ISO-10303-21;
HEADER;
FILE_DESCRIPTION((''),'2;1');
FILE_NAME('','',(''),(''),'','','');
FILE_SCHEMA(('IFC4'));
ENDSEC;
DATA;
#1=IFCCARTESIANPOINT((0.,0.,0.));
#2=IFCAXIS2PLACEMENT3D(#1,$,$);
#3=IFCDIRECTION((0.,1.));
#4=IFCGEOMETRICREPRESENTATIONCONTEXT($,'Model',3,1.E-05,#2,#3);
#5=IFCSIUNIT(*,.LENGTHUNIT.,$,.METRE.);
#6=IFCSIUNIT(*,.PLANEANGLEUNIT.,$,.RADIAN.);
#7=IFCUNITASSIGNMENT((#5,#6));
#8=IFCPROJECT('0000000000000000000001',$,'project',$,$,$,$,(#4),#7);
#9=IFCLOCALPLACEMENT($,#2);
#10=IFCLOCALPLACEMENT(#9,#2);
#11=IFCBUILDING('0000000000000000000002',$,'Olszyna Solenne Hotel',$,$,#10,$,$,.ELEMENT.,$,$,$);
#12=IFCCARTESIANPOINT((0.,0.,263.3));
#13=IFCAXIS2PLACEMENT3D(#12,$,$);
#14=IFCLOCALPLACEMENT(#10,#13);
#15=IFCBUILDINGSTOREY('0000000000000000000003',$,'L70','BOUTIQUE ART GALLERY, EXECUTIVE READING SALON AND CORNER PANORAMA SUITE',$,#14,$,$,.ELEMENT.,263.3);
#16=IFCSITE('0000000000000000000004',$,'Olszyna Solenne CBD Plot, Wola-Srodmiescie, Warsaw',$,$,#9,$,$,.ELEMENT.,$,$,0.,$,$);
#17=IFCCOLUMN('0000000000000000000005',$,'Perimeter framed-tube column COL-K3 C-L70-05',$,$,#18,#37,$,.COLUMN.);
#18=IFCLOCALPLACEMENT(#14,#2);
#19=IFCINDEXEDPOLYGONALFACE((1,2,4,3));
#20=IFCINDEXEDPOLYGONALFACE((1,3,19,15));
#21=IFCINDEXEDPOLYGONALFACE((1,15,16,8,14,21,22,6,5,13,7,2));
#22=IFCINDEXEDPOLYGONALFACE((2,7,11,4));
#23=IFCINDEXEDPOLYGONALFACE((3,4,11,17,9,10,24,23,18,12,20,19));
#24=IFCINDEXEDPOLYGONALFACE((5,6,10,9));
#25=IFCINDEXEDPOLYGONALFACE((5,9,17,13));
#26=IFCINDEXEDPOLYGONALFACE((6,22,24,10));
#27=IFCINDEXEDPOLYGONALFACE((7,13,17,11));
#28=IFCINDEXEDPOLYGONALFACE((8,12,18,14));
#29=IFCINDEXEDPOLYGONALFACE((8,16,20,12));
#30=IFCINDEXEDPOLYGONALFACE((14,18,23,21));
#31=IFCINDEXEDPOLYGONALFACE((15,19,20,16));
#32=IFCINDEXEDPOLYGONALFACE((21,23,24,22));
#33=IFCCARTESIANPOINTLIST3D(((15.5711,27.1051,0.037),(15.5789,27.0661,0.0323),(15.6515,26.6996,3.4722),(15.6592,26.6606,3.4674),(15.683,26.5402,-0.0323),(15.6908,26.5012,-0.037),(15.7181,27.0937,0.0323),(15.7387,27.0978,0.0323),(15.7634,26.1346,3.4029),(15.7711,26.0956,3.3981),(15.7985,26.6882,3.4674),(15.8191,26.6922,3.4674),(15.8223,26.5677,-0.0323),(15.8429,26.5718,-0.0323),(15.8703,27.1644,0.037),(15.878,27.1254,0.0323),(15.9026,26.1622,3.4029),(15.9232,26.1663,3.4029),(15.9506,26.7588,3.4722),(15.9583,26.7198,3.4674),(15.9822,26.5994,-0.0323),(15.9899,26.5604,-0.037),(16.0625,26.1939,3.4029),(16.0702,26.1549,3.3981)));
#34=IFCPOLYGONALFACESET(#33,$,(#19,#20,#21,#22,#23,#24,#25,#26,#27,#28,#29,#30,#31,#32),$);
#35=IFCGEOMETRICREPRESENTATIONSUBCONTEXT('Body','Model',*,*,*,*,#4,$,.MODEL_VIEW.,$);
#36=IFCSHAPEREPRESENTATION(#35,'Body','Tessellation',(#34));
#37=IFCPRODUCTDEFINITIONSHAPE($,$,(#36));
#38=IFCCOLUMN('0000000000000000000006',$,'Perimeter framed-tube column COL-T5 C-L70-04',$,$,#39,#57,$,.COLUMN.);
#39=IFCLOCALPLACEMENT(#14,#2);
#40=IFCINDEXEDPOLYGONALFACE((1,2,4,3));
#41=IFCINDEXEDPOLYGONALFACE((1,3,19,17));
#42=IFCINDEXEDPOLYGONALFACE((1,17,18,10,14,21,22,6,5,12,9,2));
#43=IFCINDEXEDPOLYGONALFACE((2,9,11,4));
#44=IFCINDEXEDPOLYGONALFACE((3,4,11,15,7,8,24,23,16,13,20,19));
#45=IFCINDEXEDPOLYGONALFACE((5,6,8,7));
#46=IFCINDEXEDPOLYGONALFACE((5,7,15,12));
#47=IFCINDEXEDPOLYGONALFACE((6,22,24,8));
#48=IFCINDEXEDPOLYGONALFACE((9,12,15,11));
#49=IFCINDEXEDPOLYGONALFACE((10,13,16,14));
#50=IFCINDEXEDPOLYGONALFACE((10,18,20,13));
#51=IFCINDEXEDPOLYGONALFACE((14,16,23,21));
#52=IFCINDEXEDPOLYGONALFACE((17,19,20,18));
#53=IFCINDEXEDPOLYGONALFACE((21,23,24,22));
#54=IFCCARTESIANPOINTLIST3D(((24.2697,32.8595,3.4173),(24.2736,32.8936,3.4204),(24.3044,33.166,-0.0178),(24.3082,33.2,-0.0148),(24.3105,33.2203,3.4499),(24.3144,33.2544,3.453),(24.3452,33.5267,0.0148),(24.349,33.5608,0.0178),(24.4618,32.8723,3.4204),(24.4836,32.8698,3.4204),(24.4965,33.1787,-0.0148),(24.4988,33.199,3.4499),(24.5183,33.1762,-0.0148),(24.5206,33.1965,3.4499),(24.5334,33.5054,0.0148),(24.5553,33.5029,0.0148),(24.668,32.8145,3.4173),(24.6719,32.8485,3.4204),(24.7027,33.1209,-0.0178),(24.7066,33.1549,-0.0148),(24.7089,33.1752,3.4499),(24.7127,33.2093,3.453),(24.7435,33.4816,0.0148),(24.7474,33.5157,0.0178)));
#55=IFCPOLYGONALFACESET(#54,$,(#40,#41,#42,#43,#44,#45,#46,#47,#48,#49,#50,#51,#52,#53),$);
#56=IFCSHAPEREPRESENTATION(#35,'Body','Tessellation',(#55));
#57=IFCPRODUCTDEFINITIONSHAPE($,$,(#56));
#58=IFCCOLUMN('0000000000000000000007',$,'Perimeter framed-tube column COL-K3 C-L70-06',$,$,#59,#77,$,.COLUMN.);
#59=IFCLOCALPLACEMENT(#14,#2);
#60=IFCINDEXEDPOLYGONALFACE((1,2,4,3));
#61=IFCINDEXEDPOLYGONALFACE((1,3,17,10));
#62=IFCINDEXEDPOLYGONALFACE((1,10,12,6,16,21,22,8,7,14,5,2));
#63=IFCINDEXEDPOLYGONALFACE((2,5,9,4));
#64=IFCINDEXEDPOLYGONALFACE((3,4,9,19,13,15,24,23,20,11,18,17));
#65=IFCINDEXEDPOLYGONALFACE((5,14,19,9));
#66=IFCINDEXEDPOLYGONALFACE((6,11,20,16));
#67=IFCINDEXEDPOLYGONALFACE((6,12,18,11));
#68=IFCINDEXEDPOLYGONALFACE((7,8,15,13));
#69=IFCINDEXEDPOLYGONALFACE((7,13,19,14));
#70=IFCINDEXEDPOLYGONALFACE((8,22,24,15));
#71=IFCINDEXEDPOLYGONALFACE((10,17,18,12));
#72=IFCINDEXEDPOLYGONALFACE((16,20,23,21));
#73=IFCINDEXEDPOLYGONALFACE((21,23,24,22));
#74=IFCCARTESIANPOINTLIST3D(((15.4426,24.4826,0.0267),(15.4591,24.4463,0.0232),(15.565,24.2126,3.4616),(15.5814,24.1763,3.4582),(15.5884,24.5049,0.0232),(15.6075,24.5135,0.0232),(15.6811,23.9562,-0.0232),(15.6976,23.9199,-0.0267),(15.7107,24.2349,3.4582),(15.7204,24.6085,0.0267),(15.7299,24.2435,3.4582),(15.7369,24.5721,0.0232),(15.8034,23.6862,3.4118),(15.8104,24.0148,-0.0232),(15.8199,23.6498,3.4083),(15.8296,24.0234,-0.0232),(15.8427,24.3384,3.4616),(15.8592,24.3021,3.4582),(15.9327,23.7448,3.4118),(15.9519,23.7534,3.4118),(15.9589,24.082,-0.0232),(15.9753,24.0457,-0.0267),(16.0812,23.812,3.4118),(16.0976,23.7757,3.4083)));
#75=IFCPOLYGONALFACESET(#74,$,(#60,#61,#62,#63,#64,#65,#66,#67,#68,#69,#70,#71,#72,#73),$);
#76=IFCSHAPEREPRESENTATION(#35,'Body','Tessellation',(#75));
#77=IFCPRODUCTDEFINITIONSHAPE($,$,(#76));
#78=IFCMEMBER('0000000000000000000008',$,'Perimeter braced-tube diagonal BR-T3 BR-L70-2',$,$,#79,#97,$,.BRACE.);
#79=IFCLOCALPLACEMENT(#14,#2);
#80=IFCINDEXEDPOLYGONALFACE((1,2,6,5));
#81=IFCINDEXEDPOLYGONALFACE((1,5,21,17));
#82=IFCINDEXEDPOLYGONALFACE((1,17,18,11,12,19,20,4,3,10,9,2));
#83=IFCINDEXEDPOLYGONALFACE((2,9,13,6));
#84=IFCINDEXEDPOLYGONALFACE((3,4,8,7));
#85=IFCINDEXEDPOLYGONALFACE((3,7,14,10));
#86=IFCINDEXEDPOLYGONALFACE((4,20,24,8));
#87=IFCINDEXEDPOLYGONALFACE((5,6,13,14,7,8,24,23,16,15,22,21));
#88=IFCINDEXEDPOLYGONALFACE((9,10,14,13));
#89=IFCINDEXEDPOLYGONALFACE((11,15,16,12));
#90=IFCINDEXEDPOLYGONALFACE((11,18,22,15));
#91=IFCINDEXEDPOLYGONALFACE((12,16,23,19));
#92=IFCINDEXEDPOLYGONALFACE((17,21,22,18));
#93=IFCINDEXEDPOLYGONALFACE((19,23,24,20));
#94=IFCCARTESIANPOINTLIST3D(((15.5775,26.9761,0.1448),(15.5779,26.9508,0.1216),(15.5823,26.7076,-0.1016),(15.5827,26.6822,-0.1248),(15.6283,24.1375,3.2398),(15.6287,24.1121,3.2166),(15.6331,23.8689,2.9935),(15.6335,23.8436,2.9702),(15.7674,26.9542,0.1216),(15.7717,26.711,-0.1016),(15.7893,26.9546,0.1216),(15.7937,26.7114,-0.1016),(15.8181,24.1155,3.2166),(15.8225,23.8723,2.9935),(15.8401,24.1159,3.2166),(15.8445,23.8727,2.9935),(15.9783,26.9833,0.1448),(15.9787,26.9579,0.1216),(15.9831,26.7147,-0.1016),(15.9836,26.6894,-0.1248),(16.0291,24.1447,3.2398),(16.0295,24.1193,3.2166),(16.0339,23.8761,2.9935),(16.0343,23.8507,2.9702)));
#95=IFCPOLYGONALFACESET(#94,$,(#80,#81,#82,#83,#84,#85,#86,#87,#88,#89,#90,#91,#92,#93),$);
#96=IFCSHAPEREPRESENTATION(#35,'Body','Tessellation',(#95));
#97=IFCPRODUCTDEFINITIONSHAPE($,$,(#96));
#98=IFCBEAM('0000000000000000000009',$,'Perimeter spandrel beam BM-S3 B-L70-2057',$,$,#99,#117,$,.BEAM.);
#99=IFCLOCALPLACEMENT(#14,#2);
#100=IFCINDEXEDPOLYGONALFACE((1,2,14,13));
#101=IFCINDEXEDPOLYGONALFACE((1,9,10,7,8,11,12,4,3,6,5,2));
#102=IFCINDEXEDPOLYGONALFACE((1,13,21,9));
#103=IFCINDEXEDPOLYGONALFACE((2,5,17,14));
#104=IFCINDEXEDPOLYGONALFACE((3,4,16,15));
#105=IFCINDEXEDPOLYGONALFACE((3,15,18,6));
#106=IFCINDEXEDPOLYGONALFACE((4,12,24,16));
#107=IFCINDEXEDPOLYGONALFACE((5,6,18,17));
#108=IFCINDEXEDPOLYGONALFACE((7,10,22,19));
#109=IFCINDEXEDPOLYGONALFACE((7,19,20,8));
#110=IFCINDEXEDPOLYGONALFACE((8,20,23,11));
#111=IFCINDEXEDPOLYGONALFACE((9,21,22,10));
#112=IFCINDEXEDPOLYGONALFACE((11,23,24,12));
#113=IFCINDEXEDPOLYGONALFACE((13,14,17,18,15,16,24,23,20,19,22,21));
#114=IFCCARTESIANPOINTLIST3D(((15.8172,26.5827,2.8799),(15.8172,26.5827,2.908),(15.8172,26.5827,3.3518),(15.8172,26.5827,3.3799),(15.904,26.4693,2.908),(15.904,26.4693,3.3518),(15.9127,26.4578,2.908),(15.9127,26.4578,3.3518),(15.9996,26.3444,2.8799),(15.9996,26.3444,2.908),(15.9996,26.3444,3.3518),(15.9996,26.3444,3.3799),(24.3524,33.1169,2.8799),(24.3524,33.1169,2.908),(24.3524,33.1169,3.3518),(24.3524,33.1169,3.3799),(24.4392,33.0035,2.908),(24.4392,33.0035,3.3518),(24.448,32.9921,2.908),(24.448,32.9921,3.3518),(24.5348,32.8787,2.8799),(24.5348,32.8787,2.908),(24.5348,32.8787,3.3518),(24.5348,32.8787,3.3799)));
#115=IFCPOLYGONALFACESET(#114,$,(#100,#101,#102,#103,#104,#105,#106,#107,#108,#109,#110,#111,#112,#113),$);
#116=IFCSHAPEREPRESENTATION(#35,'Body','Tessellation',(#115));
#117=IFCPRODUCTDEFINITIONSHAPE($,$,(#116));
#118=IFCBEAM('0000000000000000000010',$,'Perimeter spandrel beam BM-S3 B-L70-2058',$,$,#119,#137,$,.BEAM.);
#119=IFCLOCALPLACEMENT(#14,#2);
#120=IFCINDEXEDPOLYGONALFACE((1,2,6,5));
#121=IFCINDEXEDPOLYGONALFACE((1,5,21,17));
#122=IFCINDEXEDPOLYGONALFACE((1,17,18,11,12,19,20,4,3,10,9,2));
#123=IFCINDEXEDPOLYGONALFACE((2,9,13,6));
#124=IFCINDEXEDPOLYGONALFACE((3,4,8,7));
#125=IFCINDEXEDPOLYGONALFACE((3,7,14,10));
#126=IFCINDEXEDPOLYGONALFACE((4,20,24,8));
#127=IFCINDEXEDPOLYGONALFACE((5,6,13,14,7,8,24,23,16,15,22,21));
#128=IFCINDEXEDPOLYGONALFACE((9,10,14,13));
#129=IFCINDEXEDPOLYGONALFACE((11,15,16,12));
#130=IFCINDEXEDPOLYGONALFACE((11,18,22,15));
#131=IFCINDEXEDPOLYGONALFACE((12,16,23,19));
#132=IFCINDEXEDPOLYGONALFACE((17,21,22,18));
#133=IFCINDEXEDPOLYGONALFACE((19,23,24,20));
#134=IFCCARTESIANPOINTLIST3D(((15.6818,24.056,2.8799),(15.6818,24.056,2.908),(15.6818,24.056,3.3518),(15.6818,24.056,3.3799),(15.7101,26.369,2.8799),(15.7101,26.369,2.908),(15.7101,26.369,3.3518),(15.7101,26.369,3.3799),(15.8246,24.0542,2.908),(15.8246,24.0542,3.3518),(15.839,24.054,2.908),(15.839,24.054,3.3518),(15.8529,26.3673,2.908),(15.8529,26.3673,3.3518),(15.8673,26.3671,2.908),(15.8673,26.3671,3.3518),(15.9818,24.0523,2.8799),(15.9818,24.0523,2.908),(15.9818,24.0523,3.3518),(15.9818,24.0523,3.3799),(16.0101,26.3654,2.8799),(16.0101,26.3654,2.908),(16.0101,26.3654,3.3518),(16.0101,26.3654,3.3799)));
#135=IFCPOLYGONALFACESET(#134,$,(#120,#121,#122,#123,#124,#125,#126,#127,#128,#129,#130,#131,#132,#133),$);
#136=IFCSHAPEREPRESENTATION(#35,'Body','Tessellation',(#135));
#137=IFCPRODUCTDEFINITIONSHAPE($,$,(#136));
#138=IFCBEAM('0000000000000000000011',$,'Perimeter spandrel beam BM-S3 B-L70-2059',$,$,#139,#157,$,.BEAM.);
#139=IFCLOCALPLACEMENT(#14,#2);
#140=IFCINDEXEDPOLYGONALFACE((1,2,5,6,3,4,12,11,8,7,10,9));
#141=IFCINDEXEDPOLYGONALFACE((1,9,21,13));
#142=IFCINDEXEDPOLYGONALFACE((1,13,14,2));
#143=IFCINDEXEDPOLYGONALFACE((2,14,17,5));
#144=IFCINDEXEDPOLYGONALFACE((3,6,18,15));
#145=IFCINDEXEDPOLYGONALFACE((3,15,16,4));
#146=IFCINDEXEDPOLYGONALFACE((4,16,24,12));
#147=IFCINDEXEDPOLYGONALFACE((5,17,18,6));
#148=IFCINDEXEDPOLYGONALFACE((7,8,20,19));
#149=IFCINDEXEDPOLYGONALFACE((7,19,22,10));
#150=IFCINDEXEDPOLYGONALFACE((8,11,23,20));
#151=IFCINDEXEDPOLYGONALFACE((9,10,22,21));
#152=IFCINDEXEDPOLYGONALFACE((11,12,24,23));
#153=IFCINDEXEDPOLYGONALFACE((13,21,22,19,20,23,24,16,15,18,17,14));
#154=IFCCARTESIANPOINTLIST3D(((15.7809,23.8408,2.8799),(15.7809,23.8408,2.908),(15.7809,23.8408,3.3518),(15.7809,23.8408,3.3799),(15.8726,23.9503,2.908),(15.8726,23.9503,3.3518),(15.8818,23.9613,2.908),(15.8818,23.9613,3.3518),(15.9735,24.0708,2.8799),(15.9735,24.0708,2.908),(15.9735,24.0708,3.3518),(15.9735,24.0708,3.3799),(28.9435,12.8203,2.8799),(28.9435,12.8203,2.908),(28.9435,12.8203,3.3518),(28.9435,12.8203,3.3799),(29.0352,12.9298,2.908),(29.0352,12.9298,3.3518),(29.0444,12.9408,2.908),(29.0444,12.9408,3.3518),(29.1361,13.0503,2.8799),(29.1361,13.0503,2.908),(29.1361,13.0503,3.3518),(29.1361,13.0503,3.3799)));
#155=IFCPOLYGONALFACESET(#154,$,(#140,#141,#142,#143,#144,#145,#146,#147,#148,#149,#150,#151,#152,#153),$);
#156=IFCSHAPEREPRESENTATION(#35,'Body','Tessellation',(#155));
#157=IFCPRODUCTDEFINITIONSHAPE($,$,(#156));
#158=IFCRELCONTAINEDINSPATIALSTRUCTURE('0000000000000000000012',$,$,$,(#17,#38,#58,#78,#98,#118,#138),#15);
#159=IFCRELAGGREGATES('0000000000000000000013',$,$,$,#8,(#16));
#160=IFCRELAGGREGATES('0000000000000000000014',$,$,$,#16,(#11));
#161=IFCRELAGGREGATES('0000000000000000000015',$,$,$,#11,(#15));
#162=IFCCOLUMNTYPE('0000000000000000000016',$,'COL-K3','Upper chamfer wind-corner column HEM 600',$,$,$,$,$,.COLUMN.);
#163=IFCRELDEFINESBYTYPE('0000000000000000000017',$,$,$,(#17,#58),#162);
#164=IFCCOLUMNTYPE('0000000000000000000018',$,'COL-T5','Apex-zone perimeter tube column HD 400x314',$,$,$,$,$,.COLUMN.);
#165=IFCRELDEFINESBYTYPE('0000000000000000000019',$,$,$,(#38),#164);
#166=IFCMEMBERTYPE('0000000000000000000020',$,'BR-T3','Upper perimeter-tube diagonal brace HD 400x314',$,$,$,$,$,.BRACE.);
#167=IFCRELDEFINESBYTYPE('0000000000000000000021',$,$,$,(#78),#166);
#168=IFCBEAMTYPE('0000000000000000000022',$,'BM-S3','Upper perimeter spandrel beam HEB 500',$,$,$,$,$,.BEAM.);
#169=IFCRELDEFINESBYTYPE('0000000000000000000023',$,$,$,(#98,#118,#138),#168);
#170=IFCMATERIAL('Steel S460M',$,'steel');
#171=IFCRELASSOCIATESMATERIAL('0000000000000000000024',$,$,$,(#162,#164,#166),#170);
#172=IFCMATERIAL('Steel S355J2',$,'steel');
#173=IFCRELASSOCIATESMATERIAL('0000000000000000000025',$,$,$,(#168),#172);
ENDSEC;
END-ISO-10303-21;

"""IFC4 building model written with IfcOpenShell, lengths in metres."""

from ifc_helpers import new_model, si_unit, direction, frame, origin, origin_2d, place, context, subcontext, project, spatial, i_section, extrude, source, transform, mapped, material, material_profile, profile_set, type_object, element, save


model = new_model("IFC4")

# Units and contexts
model_context = context("Model", 3, precision=1e-05, world=origin(), true_north=direction((0.0, 1.0)))
body_context = subcontext(model_context, "Body", "Model", "MODEL_VIEW")
ifc_project = project(units=[si_unit("LENGTHUNIT", "METRE"), si_unit("PLANEANGLEUNIT", "RADIAN")], contexts=[model_context])

# Site, building, storey
site_placement = place(None, origin())
site = spatial("IfcSite", under=ifc_project, at=site_placement, Name="Olszyna Solenne CBD Plot, Wola-Srodmiescie, Warsaw", CompositionType="ELEMENT", RefElevation=0.0)
building_placement = place(site_placement, origin())
building = spatial("IfcBuilding", under=site, at=building_placement, Name="Olszyna Solenne Hotel", CompositionType="ELEMENT")
storey_placement = place(building_placement, frame((0.0, 0.0, 263.3)))
storey = spatial("IfcBuildingStorey", under=building, at=storey_placement, Name="L70", Description="BOUTIQUE ART GALLERY, EXECUTIVE READING SALON AND CORNER PANORAMA SUITE", CompositionType="ELEMENT", Elevation=263.3)

# Columns
ifc_material_1 = material(Name="Steel S460M", Category="steel")
ifc_material_profile_1 = material_profile(ifc_material_1, i_section(OverallWidth=0.3049, OverallDepth=0.6201, WebThickness=0.021, FlangeThickness=0.04, at=origin_2d()), Name="HEM 600", Category="load-bearing")
ifc_profile_set_1 = profile_set([ifc_material_profile_1], Name="Steel S460M")
column_type_1 = type_object("IfcColumnType", Name="COL-K3", Description="Upper chamfer wind-corner column HEM 600", PredefinedType="COLUMN", material=ifc_profile_set_1)
shared_shape_1 = source(origin(), body_context, "Body", "SweptSolid", [
    extrude(i_section(OverallWidth=0.3049, OverallDepth=0.6201, WebThickness=0.021, FlangeThickness=0.04, at=origin_2d()), origin(), (0.0, 0.0, 1.0), 3.46),
])
column_1_placement = place(storey_placement, frame((15.7805, 26.8328, 0.0), z_axis=(0.023216, -0.117207, 0.992836), x_axis=(0.980942, 0.194299, 0.0)))
element("IfcColumn", 1, at=column_1_placement, inside=storey, type_object=column_type_1, Name="Perimeter framed-tube column COL-K3 C-L70-05", PredefinedType="COLUMN", context=body_context, shape_type="MappedRepresentation", body=[
    mapped(shared_shape_1, transform((0.0, 0.0, 0.0), x_axis=(1.0, 0.0, 0.0), y_axis=(0.0, 1.0, 0.0), z_axis=(0.0, 0.0, 1.0), scale=1.0)),
])
ifc_material_profile_2 = material_profile(ifc_material_1, i_section(OverallWidth=0.4009, OverallDepth=0.3989, WebThickness=0.022, FlangeThickness=0.0344, at=origin_2d()), Name="HD 400x314", Category="load-bearing")
ifc_profile_set_2 = profile_set([ifc_material_profile_2], Name="Steel S460M")
column_type_2 = type_object("IfcColumnType", Name="COL-T5", Description="Apex-zone perimeter tube column HD 400x314", PredefinedType="COLUMN", material=ifc_profile_set_2)
shared_shape_2 = source(origin(), body_context, "Body", "SweptSolid", [
    extrude(i_section(OverallWidth=0.4009, OverallDepth=0.3989, WebThickness=0.022, FlangeThickness=0.0344, at=origin_2d()), origin(), (0.0, 0.0, 1.0), 3.449),
])
column_2_placement = place(storey_placement, frame((24.5259, 33.3408, 0.0), z_axis=(-0.010052, -0.08884, 0.995995), x_axis=(0.99366, -0.11243, 0.0)))
element("IfcColumn", 2, at=column_2_placement, inside=storey, type_object=column_type_2, Name="Perimeter framed-tube column COL-T5 C-L70-04", PredefinedType="COLUMN", context=body_context, shape_type="MappedRepresentation", body=[
    mapped(shared_shape_2, transform((0.0, 0.0, 0.0), x_axis=(1.0, 0.0, 0.0), y_axis=(0.0, 1.0, 0.0), z_axis=(0.0, 0.0, 1.0), scale=1.0)),
])
shared_shape_3 = source(origin(), body_context, "Body", "SweptSolid", [
    extrude(i_section(OverallWidth=0.3049, OverallDepth=0.6201, WebThickness=0.021, FlangeThickness=0.04, at=origin_2d()), origin(), (0.0, 0.0, 1.0), 3.4478),
])
column_3_placement = place(storey_placement, frame((15.709, 24.2642, 0.0), z_axis=(0.035476, -0.078316, 0.996297), x_axis=(0.910902, 0.412624, 0.0)))
element("IfcColumn", 3, at=column_3_placement, inside=storey, type_object=column_type_1, Name="Perimeter framed-tube column COL-K3 C-L70-06", PredefinedType="COLUMN", context=body_context, shape_type="MappedRepresentation", body=[
    mapped(shared_shape_3, transform((0.0, 0.0, 0.0), x_axis=(1.0, 0.0, 0.0), y_axis=(0.0, 1.0, 0.0), z_axis=(0.0, 0.0, 1.0), scale=1.0)),
])

# Member
ifc_material_profile_3 = material_profile(ifc_material_1, i_section(OverallWidth=0.4009, OverallDepth=0.3989, WebThickness=0.022, FlangeThickness=0.0344, at=origin_2d()), Name="HD 400x314", Category="load-bearing")
ifc_profile_set_3 = profile_set([ifc_material_profile_3], Name="Steel S460M")
member_type = type_object("IfcMemberType", Name="BR-T3", Description="Upper perimeter-tube diagonal brace HD 400x314", PredefinedType="BRACE", material=ifc_profile_set_3)
shared_shape_4 = source(origin(), body_context, "Body", "SweptSolid", [
    extrude(i_section(OverallWidth=0.4009, OverallDepth=0.3989, WebThickness=0.022, FlangeThickness=0.0344, at=origin_2d()), origin(), (0.0, 0.0, 1.0), 4.2),
])
member_placement = place(storey_placement, frame((15.7805, 26.8328, 0.01), z_axis=(0.012091, -0.675878, 0.736914), x_axis=(0.99984, 0.017887, 0.0)))
element("IfcMember", 4, at=member_placement, inside=storey, type_object=member_type, Name="Perimeter braced-tube diagonal BR-T3 BR-L70-2", PredefinedType="BRACE", context=body_context, shape_type="MappedRepresentation", body=[
    mapped(shared_shape_4, transform((0.0, 0.0, 0.0), x_axis=(1.0, 0.0, 0.0), y_axis=(0.0, 1.0, 0.0), z_axis=(0.0, 0.0, 1.0), scale=1.0)),
])

# Beams
ifc_material_2 = material(Name="Steel S355J2", Category="steel")
ifc_material_profile_4 = material_profile(ifc_material_2, i_section(OverallWidth=0.3, OverallDepth=0.5, WebThickness=0.0144, FlangeThickness=0.0281, at=origin_2d()), Name="HEB 500", Category="load-bearing")
ifc_profile_set_4 = profile_set([ifc_material_profile_4], Name="Steel S355J2")
beam_type_1 = type_object("IfcBeamType", Name="BM-S3", Description="Upper perimeter spandrel beam HEB 500", PredefinedType="BEAM", material=ifc_profile_set_4)
shared_shape_5 = source(origin(), body_context, "Body", "SweptSolid", [
    extrude(i_section(OverallWidth=0.3, OverallDepth=0.5, WebThickness=0.0144, FlangeThickness=0.0281, at=origin_2d()), origin(), (0.0, 0.0, 1.0), 10.7493),
])
beam_1_placement = place(storey_placement, frame((24.4436, 32.9978, 3.1299), z_axis=(-0.79403, -0.607878, 0.0), x_axis=(0.607878, -0.79403, 0.0)))
element("IfcBeam", 5, at=beam_1_placement, inside=storey, type_object=beam_type_1, Name="Perimeter spandrel beam BM-S3 B-L70-2057", PredefinedType="BEAM", context=body_context, shape_type="MappedRepresentation", body=[
    mapped(shared_shape_5, transform((0.0, 0.0, 0.0), x_axis=(1.0, 0.0, 0.0), y_axis=(0.0, 1.0, 0.0), z_axis=(0.0, 0.0, 1.0), scale=1.0)),
])
shared_shape_6 = source(origin(), body_context, "Body", "SweptSolid", [
    extrude(i_section(OverallWidth=0.3, OverallDepth=0.5, WebThickness=0.0144, FlangeThickness=0.0281, at=origin_2d()), origin(), (0.0, 0.0, 1.0), 2.3132),
])
beam_2_placement = place(storey_placement, frame((15.8601, 26.3672, 3.1299), z_axis=(-0.012243, -0.999925, 0.0), x_axis=(0.999925, -0.012243, 0.0)))
element("IfcBeam", 6, at=beam_2_placement, inside=storey, type_object=beam_type_1, Name="Perimeter spandrel beam BM-S3 B-L70-2058", PredefinedType="BEAM", context=body_context, shape_type="MappedRepresentation", body=[
    mapped(shared_shape_6, transform((0.0, 0.0, 0.0), x_axis=(1.0, 0.0, 0.0), y_axis=(0.0, 1.0, 0.0), z_axis=(0.0, 0.0, 1.0), scale=1.0)),
])
shared_shape_7 = source(origin(), body_context, "Body", "SweptSolid", [
    extrude(i_section(OverallWidth=0.3, OverallDepth=0.5, WebThickness=0.0144, FlangeThickness=0.0281, at=origin_2d()), origin(), (0.0, 0.0, 1.0), 17.167),
])
beam_3_placement = place(storey_placement, frame((15.8772, 23.9558, 3.1299), z_axis=(0.766739, -0.641959, 0.0), x_axis=(0.641959, 0.766739, 0.0)))
element("IfcBeam", 7, at=beam_3_placement, inside=storey, type_object=beam_type_1, Name="Perimeter spandrel beam BM-S3 B-L70-2059", PredefinedType="BEAM", context=body_context, shape_type="MappedRepresentation", body=[
    mapped(shared_shape_7, transform((0.0, 0.0, 0.0), x_axis=(1.0, 0.0, 0.0), y_axis=(0.0, 1.0, 0.0), z_axis=(0.0, 0.0, 1.0), scale=1.0)),
])

save(model, "model.ifc")
